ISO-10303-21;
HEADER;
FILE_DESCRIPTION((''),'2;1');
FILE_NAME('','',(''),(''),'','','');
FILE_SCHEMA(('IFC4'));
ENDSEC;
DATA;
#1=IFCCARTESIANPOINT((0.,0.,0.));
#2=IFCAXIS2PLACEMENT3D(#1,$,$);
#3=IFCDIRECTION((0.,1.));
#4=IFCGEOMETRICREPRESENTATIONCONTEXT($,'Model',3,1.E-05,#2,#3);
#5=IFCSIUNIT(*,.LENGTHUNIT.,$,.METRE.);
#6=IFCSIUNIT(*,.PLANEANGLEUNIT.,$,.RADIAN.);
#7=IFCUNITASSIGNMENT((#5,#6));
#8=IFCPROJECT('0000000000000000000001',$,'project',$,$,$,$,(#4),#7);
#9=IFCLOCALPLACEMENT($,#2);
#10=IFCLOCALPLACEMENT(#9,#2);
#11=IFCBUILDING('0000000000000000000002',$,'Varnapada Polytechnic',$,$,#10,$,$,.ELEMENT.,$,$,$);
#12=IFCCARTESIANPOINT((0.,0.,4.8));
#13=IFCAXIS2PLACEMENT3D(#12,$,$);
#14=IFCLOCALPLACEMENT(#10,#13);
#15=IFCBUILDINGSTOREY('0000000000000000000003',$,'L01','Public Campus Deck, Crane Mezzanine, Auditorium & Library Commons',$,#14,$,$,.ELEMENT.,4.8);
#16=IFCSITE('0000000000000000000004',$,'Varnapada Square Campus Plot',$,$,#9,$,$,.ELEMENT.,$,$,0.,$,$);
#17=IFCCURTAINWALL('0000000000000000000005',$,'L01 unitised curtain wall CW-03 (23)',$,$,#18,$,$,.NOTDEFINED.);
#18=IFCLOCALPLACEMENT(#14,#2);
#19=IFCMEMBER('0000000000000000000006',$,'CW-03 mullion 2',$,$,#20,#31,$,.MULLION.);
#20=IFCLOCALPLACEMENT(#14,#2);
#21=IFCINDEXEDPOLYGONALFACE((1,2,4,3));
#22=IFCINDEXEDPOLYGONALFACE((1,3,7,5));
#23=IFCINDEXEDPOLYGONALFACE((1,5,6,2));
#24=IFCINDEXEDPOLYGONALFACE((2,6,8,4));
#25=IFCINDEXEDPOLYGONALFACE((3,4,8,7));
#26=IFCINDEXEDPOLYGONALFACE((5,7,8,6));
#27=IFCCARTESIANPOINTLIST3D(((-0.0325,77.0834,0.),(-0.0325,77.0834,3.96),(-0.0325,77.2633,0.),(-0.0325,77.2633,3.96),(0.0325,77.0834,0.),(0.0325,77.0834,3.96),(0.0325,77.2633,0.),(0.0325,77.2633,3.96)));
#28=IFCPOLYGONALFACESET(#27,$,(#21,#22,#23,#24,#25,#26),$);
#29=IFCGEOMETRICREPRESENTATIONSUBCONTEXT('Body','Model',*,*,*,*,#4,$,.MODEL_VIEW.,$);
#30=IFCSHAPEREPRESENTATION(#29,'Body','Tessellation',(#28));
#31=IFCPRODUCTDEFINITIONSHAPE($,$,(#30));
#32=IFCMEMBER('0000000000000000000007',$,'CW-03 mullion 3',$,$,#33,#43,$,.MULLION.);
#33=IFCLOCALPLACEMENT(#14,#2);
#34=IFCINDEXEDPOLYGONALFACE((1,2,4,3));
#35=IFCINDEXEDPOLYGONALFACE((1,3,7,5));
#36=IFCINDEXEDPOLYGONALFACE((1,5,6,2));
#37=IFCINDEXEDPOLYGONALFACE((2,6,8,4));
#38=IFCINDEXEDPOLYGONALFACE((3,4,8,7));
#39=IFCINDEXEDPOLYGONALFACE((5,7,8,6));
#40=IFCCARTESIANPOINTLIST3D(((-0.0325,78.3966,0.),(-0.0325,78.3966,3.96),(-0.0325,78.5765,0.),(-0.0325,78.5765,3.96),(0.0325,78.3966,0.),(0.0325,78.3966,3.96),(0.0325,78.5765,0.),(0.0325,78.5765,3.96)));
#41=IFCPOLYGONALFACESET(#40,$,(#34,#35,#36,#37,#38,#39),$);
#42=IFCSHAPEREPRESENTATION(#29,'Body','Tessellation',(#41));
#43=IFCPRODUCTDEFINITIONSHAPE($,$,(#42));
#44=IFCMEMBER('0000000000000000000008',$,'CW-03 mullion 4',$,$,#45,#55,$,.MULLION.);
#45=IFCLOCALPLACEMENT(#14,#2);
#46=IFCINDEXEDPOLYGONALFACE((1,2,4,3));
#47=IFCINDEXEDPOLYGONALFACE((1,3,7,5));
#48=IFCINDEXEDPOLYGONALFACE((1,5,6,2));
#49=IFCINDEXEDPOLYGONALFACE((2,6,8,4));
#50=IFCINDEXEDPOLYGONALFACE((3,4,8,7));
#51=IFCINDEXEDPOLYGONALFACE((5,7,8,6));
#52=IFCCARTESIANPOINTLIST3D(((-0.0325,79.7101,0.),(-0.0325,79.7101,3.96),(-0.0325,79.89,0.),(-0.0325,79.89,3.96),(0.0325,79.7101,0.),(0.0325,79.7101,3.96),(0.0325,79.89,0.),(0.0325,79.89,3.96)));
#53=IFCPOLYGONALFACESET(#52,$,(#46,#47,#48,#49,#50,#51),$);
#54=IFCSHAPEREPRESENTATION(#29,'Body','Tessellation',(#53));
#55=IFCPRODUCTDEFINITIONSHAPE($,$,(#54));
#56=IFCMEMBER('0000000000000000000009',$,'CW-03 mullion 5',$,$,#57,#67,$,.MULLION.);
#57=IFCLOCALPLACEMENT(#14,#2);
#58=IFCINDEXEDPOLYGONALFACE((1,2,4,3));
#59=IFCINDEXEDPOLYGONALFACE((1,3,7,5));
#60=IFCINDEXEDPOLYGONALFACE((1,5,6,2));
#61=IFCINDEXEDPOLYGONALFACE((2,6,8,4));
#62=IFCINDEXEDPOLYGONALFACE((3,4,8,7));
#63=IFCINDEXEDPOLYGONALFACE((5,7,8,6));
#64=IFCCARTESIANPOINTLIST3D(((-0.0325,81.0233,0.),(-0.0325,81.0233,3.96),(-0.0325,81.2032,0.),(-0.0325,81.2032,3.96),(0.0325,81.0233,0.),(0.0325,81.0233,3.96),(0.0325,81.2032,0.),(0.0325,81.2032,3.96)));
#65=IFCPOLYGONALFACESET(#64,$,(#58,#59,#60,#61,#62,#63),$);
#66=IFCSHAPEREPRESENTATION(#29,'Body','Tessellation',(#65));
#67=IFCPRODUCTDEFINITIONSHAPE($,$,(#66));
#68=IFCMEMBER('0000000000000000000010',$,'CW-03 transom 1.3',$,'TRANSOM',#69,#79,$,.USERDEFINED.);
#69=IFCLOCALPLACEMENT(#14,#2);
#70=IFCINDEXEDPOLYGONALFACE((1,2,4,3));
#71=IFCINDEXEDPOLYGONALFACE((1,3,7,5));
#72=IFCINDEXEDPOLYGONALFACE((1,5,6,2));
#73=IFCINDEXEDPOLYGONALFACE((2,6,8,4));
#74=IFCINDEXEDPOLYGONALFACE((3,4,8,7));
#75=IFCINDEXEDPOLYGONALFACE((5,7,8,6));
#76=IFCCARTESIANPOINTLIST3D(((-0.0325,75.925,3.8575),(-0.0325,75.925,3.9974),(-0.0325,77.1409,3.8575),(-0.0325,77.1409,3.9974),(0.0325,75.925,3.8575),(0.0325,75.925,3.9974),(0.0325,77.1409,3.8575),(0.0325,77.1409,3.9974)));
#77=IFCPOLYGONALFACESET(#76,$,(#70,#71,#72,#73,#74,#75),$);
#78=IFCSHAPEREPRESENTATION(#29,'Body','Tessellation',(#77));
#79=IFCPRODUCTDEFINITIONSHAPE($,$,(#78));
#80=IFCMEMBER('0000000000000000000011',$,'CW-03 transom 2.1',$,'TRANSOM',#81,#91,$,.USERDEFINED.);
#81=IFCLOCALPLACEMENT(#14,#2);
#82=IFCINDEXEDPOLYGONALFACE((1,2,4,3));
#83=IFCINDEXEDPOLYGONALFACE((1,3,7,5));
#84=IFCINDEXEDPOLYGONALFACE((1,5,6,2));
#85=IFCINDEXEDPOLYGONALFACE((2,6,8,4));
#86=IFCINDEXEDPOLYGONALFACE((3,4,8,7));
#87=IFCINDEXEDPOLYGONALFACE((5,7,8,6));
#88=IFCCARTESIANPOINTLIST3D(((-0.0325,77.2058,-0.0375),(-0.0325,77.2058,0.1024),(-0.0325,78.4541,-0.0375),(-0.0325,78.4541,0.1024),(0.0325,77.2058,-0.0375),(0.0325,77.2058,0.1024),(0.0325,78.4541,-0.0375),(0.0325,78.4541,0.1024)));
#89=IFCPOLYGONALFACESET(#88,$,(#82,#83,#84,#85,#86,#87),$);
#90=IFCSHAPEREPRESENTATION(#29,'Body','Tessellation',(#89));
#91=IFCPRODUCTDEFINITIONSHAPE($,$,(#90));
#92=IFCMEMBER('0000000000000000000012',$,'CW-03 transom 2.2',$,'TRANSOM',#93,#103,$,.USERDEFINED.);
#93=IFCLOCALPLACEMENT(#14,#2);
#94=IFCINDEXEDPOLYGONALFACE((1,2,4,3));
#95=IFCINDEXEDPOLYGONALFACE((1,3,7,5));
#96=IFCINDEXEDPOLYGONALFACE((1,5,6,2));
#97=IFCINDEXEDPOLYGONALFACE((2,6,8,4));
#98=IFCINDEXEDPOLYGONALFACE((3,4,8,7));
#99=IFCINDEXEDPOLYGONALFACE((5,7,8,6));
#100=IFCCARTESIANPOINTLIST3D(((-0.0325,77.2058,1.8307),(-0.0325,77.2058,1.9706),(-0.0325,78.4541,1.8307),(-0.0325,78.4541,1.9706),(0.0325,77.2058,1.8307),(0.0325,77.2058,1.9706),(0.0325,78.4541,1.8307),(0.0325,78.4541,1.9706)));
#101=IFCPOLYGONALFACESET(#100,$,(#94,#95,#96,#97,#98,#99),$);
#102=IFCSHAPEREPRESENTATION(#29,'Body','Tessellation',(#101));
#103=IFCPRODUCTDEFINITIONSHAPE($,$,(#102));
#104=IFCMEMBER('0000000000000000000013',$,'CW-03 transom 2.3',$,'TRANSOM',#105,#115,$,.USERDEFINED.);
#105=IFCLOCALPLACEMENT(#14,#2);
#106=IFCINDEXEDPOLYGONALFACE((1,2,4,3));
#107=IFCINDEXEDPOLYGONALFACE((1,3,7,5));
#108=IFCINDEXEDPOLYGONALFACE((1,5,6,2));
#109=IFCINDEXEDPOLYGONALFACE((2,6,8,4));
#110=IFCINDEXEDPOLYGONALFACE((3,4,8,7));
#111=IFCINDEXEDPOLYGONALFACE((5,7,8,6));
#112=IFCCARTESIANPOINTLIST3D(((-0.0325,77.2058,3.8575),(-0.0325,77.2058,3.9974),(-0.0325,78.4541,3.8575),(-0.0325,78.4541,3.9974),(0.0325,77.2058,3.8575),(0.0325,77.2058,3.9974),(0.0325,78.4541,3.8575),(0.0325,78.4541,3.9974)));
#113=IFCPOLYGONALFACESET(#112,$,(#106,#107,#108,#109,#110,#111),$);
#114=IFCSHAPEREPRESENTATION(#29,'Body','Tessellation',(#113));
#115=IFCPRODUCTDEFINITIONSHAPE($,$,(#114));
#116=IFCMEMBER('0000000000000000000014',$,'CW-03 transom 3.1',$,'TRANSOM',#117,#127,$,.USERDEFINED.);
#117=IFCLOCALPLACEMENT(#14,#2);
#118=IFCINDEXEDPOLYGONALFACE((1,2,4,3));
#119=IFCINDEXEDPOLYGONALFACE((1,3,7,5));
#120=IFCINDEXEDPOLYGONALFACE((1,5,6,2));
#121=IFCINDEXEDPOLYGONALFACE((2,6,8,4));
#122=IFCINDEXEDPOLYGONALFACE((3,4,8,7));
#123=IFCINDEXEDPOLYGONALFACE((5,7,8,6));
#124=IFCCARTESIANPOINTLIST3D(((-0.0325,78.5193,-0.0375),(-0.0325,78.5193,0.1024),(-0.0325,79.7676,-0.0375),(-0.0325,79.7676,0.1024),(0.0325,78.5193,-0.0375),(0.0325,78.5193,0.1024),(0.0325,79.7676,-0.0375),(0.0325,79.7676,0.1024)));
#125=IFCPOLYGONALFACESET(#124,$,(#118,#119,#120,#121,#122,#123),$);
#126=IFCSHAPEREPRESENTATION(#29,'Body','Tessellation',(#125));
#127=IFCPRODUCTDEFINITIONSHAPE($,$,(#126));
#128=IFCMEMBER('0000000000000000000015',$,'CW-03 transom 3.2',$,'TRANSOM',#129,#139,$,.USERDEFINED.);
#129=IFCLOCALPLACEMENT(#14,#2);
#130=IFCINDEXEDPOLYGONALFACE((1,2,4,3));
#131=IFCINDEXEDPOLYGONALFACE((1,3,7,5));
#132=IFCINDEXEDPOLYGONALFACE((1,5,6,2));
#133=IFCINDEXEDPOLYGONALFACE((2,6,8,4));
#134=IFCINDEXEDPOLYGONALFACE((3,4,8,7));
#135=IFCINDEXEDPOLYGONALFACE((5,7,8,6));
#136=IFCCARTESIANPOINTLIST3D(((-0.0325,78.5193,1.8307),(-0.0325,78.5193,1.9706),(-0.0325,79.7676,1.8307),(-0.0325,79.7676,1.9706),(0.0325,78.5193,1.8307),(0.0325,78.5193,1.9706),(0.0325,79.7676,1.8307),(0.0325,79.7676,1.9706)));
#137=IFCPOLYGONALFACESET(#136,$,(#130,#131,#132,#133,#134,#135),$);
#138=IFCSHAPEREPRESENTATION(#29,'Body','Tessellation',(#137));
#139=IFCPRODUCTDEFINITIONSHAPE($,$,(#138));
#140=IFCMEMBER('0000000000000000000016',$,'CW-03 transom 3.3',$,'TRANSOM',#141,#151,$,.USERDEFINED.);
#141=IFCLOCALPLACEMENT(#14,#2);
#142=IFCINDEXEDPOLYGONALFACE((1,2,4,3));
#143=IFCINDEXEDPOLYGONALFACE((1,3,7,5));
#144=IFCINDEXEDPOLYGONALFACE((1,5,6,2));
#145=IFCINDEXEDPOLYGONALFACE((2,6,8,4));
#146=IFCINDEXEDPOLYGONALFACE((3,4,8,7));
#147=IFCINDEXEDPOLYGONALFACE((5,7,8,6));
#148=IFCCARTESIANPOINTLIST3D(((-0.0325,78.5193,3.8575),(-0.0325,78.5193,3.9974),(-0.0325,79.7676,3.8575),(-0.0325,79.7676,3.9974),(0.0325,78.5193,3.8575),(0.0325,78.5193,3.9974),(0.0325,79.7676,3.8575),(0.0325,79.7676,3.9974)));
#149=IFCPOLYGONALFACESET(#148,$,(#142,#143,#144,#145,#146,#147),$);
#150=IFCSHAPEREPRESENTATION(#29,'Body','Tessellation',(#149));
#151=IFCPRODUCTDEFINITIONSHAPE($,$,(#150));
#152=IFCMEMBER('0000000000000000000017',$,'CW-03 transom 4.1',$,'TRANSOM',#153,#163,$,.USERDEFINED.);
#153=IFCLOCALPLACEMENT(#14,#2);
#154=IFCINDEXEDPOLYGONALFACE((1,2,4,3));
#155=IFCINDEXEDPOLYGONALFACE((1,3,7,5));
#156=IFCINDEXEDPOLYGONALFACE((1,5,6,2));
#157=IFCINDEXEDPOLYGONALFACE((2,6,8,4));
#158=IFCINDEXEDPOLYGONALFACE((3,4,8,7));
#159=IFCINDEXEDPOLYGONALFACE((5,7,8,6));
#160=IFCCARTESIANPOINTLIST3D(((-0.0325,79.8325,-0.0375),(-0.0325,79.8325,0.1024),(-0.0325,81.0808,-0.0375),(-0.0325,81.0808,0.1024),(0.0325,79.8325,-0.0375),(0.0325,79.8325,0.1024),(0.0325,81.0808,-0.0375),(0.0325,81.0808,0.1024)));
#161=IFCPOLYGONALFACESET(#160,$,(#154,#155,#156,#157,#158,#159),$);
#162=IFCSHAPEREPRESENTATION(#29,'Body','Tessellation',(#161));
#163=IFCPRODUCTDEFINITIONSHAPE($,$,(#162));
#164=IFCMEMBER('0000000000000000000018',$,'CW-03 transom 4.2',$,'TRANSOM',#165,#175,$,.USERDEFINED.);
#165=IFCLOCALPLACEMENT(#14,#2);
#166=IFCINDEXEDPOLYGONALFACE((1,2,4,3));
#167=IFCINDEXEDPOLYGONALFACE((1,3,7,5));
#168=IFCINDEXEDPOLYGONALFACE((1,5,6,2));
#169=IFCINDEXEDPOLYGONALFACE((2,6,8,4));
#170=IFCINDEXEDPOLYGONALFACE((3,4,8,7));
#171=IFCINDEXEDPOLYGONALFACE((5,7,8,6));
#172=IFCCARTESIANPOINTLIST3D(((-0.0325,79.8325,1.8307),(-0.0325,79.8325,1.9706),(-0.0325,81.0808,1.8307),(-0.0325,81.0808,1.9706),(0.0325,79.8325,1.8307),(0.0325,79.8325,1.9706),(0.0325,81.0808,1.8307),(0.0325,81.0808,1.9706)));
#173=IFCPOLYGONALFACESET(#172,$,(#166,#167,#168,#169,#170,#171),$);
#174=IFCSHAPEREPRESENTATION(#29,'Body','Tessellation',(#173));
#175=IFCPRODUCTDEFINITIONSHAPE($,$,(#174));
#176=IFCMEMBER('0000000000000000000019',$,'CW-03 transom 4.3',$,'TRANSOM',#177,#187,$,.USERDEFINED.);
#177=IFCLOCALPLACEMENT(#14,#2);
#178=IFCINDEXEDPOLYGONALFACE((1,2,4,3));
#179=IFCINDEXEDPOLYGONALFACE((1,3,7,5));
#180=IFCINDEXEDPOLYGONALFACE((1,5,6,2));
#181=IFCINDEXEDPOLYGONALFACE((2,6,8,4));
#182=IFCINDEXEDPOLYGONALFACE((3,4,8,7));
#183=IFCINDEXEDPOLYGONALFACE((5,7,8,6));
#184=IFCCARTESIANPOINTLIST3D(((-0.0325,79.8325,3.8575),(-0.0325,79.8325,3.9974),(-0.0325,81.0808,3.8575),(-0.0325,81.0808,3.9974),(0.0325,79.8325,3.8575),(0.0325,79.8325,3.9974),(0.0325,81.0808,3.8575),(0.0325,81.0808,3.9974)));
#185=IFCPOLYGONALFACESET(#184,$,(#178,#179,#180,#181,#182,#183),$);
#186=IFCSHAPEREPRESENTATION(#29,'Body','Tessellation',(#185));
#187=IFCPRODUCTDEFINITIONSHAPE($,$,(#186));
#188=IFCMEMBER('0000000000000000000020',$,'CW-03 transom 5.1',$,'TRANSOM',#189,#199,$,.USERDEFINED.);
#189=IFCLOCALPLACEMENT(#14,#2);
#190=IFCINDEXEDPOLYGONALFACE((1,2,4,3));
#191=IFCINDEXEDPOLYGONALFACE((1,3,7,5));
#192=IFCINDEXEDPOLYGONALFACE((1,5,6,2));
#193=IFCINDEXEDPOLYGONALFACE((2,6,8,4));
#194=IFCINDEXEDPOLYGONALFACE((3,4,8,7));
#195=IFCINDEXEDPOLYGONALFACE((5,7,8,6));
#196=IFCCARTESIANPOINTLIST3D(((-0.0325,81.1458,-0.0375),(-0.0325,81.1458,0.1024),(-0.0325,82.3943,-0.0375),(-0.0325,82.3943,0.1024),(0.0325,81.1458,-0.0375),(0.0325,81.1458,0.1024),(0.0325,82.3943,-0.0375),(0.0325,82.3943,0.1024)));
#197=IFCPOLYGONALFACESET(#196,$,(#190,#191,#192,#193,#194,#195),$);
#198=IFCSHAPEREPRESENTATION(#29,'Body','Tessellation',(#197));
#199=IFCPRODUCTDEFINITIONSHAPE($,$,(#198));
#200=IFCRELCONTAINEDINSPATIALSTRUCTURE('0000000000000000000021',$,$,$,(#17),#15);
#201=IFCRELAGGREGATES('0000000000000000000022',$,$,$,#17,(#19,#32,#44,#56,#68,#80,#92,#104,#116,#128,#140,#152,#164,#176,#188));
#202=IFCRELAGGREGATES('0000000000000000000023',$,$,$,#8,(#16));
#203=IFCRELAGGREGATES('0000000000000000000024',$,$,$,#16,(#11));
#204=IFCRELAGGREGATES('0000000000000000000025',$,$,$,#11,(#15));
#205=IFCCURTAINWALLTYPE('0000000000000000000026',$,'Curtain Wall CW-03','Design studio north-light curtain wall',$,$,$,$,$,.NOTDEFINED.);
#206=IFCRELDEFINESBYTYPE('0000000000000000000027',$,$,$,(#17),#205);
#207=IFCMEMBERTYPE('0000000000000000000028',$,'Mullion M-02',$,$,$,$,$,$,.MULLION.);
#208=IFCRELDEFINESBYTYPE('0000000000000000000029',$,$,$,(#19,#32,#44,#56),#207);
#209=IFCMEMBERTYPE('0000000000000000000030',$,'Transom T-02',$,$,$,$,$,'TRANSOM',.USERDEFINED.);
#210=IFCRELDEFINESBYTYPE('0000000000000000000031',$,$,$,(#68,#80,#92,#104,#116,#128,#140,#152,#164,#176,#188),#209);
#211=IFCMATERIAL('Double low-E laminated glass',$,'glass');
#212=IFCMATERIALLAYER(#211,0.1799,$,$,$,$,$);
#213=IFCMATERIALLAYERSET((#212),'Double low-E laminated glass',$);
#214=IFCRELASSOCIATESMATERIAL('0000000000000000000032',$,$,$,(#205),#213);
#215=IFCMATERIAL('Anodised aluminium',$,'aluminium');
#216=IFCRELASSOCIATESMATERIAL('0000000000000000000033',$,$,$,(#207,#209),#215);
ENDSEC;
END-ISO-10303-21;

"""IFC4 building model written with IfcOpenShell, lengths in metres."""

from ifc_helpers import new_model, si_unit, direction, frame, origin, origin_2d, place, context, subcontext, project, spatial, rectangle, extrude, material, layer, layer_set, material_profile, profile_set, type_object, element, aggregate, save


model = new_model("IFC4")

# Units and contexts
model_context = context("Model", 3, precision=1e-05, world=origin(), true_north=direction((0.0, 1.0)))
body_context = subcontext(model_context, "Body", "Model", "MODEL_VIEW")
ifc_project = project(units=[si_unit("LENGTHUNIT", "METRE"), si_unit("PLANEANGLEUNIT", "RADIAN")], contexts=[model_context])

# Site, building, storey
site_placement = place(None, origin())
site = spatial("IfcSite", under=ifc_project, at=site_placement, Name="Varnapada Square Campus Plot", CompositionType="ELEMENT", RefElevation=0.0)
building_placement = place(site_placement, origin())
building = spatial("IfcBuilding", under=site, at=building_placement, Name="Varnapada Polytechnic", CompositionType="ELEMENT")
storey_placement = place(building_placement, frame((0.0, 0.0, 4.8)))
storey = spatial("IfcBuildingStorey", under=building, at=storey_placement, Name="L01", Description="Public Campus Deck, Crane Mezzanine, Auditorium & Library Commons", CompositionType="ELEMENT", Elevation=4.8)

# Curtain wall, members
ifc_material_1 = material(Name="Double low-E laminated glass", Category="glass")
ifc_layer_1 = layer(ifc_material_1, 0.1799)
ifc_layer_set_1 = layer_set([ifc_layer_1], Name="Double low-E laminated glass")
curtain_wall_type = type_object("IfcCurtainWallType", Name="Curtain Wall CW-03", Description="Design studio north-light curtain wall", PredefinedType="NOTDEFINED", material=ifc_layer_set_1)
curtain_wall_placement = place(storey_placement, origin())
curtain_wall = element("IfcCurtainWall", 1, at=curtain_wall_placement, inside=storey, type_object=curtain_wall_type, Name="L01 unitised curtain wall CW-03 (23)", PredefinedType="NOTDEFINED")
ifc_material_2 = material(Name="Anodised aluminium", Category="aluminium")
ifc_material_profile_1 = material_profile(ifc_material_2, rectangle(XDim=0.0649, YDim=0.1799, at=origin_2d()), Name="ALU M65x180")
ifc_profile_set_1 = profile_set([ifc_material_profile_1], Name="Anodised aluminium")
member_type_1 = type_object("IfcMemberType", Name="Mullion M-02", PredefinedType="MULLION", material=ifc_profile_set_1)
member_1_placement = place(storey_placement, frame((0.0, 77.1733, 0.0), z_axis=(0.0, 0.0, 1.0), x_axis=(-1.0, 0.0, 0.0)))
member_1 = element("IfcMember", 2, at=member_1_placement, type_object=member_type_1, Name="CW-03 mullion 2", PredefinedType="MULLION", context=body_context, shape_type="SweptSolid", body=[
    extrude(rectangle(XDim=0.0649, YDim=0.1799, at=origin_2d()), origin(), (0.0, 0.0, 1.0), 3.96),
])
member_2_placement = place(storey_placement, frame((0.0, 78.4866, 0.0), z_axis=(0.0, 0.0, 1.0), x_axis=(-1.0, 0.0, 0.0)))
member_2 = element("IfcMember", 3, at=member_2_placement, type_object=member_type_1, Name="CW-03 mullion 3", PredefinedType="MULLION", context=body_context, shape_type="SweptSolid", body=[
    extrude(rectangle(XDim=0.0649, YDim=0.1799, at=origin_2d()), origin(), (0.0, 0.0, 1.0), 3.96),
])
member_3_placement = place(storey_placement, frame((0.0, 79.8, 0.0), z_axis=(0.0, 0.0, 1.0), x_axis=(-1.0, 0.0, 0.0)))
member_3 = element("IfcMember", 4, at=member_3_placement, type_object=member_type_1, Name="CW-03 mullion 4", PredefinedType="MULLION", context=body_context, shape_type="SweptSolid", body=[
    extrude(rectangle(XDim=0.0649, YDim=0.1799, at=origin_2d()), origin(), (0.0, 0.0, 1.0), 3.96),
])
member_4_placement = place(storey_placement, frame((0.0, 81.1133, 0.0), z_axis=(0.0, 0.0, 1.0), x_axis=(-1.0, 0.0, 0.0)))
member_4 = element("IfcMember", 5, at=member_4_placement, type_object=member_type_1, Name="CW-03 mullion 5", PredefinedType="MULLION", context=body_context, shape_type="SweptSolid", body=[
    extrude(rectangle(XDim=0.0649, YDim=0.1799, at=origin_2d()), origin(), (0.0, 0.0, 1.0), 3.96),
])
ifc_material_profile_2 = material_profile(ifc_material_2, rectangle(XDim=0.0649, YDim=0.1399, at=origin_2d()), Name="ALU T65x140")
ifc_profile_set_2 = profile_set([ifc_material_profile_2], Name="Anodised aluminium")
member_type_2 = type_object("IfcMemberType", Name="Transom T-02", ElementType="TRANSOM", PredefinedType="USERDEFINED", material=ifc_profile_set_2)
member_5_placement = place(storey_placement, frame((0.0, 75.925, 3.9275), z_axis=(0.0, 1.0, 0.0), x_axis=(-1.0, 0.0, 0.0)))
member_5 = element("IfcMember", 6, at=member_5_placement, type_object=member_type_2, Name="CW-03 transom 1.3", ObjectType="TRANSOM", PredefinedType="USERDEFINED", context=body_context, shape_type="SweptSolid", body=[
    extrude(rectangle(XDim=0.0649, YDim=0.1399, at=origin_2d()), origin(), (0.0, 0.0, 1.0), 1.2158),
])
member_6_placement = place(storey_placement, frame((0.0, 77.2058, 0.0325), z_axis=(0.0, 1.0, 0.0), x_axis=(-1.0, 0.0, 0.0)))
member_6 = element("IfcMember", 7, at=member_6_placement, type_object=member_type_2, Name="CW-03 transom 2.1", ObjectType="TRANSOM", PredefinedType="USERDEFINED", context=body_context, shape_type="SweptSolid", body=[
    extrude(rectangle(XDim=0.0649, YDim=0.1399, at=origin_2d()), origin(), (0.0, 0.0, 1.0), 1.2483),
])
member_7_placement = place(storey_placement, frame((0.0, 77.2058, 1.9006), z_axis=(0.0, 1.0, 0.0), x_axis=(-1.0, 0.0, 0.0)))
member_7 = element("IfcMember", 8, at=member_7_placement, type_object=member_type_2, Name="CW-03 transom 2.2", ObjectType="TRANSOM", PredefinedType="USERDEFINED", context=body_context, shape_type="SweptSolid", body=[
    extrude(rectangle(XDim=0.0649, YDim=0.1399, at=origin_2d()), origin(), (0.0, 0.0, 1.0), 1.2483),
])
member_8_placement = place(storey_placement, frame((0.0, 77.2058, 3.9275), z_axis=(0.0, 1.0, 0.0), x_axis=(-1.0, 0.0, 0.0)))
member_8 = element("IfcMember", 9, at=member_8_placement, type_object=member_type_2, Name="CW-03 transom 2.3", ObjectType="TRANSOM", PredefinedType="USERDEFINED", context=body_context, shape_type="SweptSolid", body=[
    extrude(rectangle(XDim=0.0649, YDim=0.1399, at=origin_2d()), origin(), (0.0, 0.0, 1.0), 1.2483),
])
member_9_placement = place(storey_placement, frame((0.0, 78.5193, 0.0325), z_axis=(0.0, 1.0, 0.0), x_axis=(-1.0, 0.0, 0.0)))
member_9 = element("IfcMember", 10, at=member_9_placement, type_object=member_type_2, Name="CW-03 transom 3.1", ObjectType="TRANSOM", PredefinedType="USERDEFINED", context=body_context, shape_type="SweptSolid", body=[
    extrude(rectangle(XDim=0.0649, YDim=0.1399, at=origin_2d()), origin(), (0.0, 0.0, 1.0), 1.2483),
])
member_10_placement = place(storey_placement, frame((0.0, 78.5193, 1.9006), z_axis=(0.0, 1.0, 0.0), x_axis=(-1.0, 0.0, 0.0)))
member_10 = element("IfcMember", 11, at=member_10_placement, type_object=member_type_2, Name="CW-03 transom 3.2", ObjectType="TRANSOM", PredefinedType="USERDEFINED", context=body_context, shape_type="SweptSolid", body=[
    extrude(rectangle(XDim=0.0649, YDim=0.1399, at=origin_2d()), origin(), (0.0, 0.0, 1.0), 1.2483),
])
member_11_placement = place(storey_placement, frame((0.0, 78.5193, 3.9275), z_axis=(0.0, 1.0, 0.0), x_axis=(-1.0, 0.0, 0.0)))
member_11 = element("IfcMember", 12, at=member_11_placement, type_object=member_type_2, Name="CW-03 transom 3.3", ObjectType="TRANSOM", PredefinedType="USERDEFINED", context=body_context, shape_type="SweptSolid", body=[
    extrude(rectangle(XDim=0.0649, YDim=0.1399, at=origin_2d()), origin(), (0.0, 0.0, 1.0), 1.2483),
])
member_12_placement = place(storey_placement, frame((0.0, 79.8325, 0.0325), z_axis=(0.0, 1.0, 0.0), x_axis=(-1.0, 0.0, 0.0)))
member_12 = element("IfcMember", 13, at=member_12_placement, type_object=member_type_2, Name="CW-03 transom 4.1", ObjectType="TRANSOM", PredefinedType="USERDEFINED", context=body_context, shape_type="SweptSolid", body=[
    extrude(rectangle(XDim=0.0649, YDim=0.1399, at=origin_2d()), origin(), (0.0, 0.0, 1.0), 1.2483),
])
member_13_placement = place(storey_placement, frame((0.0, 79.8325, 1.9006), z_axis=(0.0, 1.0, 0.0), x_axis=(-1.0, 0.0, 0.0)))
member_13 = element("IfcMember", 14, at=member_13_placement, type_object=member_type_2, Name="CW-03 transom 4.2", ObjectType="TRANSOM", PredefinedType="USERDEFINED", context=body_context, shape_type="SweptSolid", body=[
    extrude(rectangle(XDim=0.0649, YDim=0.1399, at=origin_2d()), origin(), (0.0, 0.0, 1.0), 1.2483),
])
member_14_placement = place(storey_placement, frame((0.0, 79.8325, 3.9275), z_axis=(0.0, 1.0, 0.0), x_axis=(-1.0, 0.0, 0.0)))
member_14 = element("IfcMember", 15, at=member_14_placement, type_object=member_type_2, Name="CW-03 transom 4.3", ObjectType="TRANSOM", PredefinedType="USERDEFINED", context=body_context, shape_type="SweptSolid", body=[
    extrude(rectangle(XDim=0.0649, YDim=0.1399, at=origin_2d()), origin(), (0.0, 0.0, 1.0), 1.2483),
])
member_15_placement = place(storey_placement, frame((0.0, 81.1458, 0.0325), z_axis=(0.0, 1.0, 0.0), x_axis=(-1.0, 0.0, 0.0)))
member_15 = element("IfcMember", 16, at=member_15_placement, type_object=member_type_2, Name="CW-03 transom 5.1", ObjectType="TRANSOM", PredefinedType="USERDEFINED", context=body_context, shape_type="SweptSolid", body=[
    extrude(rectangle(XDim=0.0649, YDim=0.1399, at=origin_2d()), origin(), (0.0, 0.0, 1.0), 1.2485),
])
aggregate(curtain_wall, [member_1, member_2, member_3, member_4, member_5, member_6, member_7, member_8, member_9, member_10, member_11, member_12, member_13, member_14, member_15])

save(model, "model.ifc")
